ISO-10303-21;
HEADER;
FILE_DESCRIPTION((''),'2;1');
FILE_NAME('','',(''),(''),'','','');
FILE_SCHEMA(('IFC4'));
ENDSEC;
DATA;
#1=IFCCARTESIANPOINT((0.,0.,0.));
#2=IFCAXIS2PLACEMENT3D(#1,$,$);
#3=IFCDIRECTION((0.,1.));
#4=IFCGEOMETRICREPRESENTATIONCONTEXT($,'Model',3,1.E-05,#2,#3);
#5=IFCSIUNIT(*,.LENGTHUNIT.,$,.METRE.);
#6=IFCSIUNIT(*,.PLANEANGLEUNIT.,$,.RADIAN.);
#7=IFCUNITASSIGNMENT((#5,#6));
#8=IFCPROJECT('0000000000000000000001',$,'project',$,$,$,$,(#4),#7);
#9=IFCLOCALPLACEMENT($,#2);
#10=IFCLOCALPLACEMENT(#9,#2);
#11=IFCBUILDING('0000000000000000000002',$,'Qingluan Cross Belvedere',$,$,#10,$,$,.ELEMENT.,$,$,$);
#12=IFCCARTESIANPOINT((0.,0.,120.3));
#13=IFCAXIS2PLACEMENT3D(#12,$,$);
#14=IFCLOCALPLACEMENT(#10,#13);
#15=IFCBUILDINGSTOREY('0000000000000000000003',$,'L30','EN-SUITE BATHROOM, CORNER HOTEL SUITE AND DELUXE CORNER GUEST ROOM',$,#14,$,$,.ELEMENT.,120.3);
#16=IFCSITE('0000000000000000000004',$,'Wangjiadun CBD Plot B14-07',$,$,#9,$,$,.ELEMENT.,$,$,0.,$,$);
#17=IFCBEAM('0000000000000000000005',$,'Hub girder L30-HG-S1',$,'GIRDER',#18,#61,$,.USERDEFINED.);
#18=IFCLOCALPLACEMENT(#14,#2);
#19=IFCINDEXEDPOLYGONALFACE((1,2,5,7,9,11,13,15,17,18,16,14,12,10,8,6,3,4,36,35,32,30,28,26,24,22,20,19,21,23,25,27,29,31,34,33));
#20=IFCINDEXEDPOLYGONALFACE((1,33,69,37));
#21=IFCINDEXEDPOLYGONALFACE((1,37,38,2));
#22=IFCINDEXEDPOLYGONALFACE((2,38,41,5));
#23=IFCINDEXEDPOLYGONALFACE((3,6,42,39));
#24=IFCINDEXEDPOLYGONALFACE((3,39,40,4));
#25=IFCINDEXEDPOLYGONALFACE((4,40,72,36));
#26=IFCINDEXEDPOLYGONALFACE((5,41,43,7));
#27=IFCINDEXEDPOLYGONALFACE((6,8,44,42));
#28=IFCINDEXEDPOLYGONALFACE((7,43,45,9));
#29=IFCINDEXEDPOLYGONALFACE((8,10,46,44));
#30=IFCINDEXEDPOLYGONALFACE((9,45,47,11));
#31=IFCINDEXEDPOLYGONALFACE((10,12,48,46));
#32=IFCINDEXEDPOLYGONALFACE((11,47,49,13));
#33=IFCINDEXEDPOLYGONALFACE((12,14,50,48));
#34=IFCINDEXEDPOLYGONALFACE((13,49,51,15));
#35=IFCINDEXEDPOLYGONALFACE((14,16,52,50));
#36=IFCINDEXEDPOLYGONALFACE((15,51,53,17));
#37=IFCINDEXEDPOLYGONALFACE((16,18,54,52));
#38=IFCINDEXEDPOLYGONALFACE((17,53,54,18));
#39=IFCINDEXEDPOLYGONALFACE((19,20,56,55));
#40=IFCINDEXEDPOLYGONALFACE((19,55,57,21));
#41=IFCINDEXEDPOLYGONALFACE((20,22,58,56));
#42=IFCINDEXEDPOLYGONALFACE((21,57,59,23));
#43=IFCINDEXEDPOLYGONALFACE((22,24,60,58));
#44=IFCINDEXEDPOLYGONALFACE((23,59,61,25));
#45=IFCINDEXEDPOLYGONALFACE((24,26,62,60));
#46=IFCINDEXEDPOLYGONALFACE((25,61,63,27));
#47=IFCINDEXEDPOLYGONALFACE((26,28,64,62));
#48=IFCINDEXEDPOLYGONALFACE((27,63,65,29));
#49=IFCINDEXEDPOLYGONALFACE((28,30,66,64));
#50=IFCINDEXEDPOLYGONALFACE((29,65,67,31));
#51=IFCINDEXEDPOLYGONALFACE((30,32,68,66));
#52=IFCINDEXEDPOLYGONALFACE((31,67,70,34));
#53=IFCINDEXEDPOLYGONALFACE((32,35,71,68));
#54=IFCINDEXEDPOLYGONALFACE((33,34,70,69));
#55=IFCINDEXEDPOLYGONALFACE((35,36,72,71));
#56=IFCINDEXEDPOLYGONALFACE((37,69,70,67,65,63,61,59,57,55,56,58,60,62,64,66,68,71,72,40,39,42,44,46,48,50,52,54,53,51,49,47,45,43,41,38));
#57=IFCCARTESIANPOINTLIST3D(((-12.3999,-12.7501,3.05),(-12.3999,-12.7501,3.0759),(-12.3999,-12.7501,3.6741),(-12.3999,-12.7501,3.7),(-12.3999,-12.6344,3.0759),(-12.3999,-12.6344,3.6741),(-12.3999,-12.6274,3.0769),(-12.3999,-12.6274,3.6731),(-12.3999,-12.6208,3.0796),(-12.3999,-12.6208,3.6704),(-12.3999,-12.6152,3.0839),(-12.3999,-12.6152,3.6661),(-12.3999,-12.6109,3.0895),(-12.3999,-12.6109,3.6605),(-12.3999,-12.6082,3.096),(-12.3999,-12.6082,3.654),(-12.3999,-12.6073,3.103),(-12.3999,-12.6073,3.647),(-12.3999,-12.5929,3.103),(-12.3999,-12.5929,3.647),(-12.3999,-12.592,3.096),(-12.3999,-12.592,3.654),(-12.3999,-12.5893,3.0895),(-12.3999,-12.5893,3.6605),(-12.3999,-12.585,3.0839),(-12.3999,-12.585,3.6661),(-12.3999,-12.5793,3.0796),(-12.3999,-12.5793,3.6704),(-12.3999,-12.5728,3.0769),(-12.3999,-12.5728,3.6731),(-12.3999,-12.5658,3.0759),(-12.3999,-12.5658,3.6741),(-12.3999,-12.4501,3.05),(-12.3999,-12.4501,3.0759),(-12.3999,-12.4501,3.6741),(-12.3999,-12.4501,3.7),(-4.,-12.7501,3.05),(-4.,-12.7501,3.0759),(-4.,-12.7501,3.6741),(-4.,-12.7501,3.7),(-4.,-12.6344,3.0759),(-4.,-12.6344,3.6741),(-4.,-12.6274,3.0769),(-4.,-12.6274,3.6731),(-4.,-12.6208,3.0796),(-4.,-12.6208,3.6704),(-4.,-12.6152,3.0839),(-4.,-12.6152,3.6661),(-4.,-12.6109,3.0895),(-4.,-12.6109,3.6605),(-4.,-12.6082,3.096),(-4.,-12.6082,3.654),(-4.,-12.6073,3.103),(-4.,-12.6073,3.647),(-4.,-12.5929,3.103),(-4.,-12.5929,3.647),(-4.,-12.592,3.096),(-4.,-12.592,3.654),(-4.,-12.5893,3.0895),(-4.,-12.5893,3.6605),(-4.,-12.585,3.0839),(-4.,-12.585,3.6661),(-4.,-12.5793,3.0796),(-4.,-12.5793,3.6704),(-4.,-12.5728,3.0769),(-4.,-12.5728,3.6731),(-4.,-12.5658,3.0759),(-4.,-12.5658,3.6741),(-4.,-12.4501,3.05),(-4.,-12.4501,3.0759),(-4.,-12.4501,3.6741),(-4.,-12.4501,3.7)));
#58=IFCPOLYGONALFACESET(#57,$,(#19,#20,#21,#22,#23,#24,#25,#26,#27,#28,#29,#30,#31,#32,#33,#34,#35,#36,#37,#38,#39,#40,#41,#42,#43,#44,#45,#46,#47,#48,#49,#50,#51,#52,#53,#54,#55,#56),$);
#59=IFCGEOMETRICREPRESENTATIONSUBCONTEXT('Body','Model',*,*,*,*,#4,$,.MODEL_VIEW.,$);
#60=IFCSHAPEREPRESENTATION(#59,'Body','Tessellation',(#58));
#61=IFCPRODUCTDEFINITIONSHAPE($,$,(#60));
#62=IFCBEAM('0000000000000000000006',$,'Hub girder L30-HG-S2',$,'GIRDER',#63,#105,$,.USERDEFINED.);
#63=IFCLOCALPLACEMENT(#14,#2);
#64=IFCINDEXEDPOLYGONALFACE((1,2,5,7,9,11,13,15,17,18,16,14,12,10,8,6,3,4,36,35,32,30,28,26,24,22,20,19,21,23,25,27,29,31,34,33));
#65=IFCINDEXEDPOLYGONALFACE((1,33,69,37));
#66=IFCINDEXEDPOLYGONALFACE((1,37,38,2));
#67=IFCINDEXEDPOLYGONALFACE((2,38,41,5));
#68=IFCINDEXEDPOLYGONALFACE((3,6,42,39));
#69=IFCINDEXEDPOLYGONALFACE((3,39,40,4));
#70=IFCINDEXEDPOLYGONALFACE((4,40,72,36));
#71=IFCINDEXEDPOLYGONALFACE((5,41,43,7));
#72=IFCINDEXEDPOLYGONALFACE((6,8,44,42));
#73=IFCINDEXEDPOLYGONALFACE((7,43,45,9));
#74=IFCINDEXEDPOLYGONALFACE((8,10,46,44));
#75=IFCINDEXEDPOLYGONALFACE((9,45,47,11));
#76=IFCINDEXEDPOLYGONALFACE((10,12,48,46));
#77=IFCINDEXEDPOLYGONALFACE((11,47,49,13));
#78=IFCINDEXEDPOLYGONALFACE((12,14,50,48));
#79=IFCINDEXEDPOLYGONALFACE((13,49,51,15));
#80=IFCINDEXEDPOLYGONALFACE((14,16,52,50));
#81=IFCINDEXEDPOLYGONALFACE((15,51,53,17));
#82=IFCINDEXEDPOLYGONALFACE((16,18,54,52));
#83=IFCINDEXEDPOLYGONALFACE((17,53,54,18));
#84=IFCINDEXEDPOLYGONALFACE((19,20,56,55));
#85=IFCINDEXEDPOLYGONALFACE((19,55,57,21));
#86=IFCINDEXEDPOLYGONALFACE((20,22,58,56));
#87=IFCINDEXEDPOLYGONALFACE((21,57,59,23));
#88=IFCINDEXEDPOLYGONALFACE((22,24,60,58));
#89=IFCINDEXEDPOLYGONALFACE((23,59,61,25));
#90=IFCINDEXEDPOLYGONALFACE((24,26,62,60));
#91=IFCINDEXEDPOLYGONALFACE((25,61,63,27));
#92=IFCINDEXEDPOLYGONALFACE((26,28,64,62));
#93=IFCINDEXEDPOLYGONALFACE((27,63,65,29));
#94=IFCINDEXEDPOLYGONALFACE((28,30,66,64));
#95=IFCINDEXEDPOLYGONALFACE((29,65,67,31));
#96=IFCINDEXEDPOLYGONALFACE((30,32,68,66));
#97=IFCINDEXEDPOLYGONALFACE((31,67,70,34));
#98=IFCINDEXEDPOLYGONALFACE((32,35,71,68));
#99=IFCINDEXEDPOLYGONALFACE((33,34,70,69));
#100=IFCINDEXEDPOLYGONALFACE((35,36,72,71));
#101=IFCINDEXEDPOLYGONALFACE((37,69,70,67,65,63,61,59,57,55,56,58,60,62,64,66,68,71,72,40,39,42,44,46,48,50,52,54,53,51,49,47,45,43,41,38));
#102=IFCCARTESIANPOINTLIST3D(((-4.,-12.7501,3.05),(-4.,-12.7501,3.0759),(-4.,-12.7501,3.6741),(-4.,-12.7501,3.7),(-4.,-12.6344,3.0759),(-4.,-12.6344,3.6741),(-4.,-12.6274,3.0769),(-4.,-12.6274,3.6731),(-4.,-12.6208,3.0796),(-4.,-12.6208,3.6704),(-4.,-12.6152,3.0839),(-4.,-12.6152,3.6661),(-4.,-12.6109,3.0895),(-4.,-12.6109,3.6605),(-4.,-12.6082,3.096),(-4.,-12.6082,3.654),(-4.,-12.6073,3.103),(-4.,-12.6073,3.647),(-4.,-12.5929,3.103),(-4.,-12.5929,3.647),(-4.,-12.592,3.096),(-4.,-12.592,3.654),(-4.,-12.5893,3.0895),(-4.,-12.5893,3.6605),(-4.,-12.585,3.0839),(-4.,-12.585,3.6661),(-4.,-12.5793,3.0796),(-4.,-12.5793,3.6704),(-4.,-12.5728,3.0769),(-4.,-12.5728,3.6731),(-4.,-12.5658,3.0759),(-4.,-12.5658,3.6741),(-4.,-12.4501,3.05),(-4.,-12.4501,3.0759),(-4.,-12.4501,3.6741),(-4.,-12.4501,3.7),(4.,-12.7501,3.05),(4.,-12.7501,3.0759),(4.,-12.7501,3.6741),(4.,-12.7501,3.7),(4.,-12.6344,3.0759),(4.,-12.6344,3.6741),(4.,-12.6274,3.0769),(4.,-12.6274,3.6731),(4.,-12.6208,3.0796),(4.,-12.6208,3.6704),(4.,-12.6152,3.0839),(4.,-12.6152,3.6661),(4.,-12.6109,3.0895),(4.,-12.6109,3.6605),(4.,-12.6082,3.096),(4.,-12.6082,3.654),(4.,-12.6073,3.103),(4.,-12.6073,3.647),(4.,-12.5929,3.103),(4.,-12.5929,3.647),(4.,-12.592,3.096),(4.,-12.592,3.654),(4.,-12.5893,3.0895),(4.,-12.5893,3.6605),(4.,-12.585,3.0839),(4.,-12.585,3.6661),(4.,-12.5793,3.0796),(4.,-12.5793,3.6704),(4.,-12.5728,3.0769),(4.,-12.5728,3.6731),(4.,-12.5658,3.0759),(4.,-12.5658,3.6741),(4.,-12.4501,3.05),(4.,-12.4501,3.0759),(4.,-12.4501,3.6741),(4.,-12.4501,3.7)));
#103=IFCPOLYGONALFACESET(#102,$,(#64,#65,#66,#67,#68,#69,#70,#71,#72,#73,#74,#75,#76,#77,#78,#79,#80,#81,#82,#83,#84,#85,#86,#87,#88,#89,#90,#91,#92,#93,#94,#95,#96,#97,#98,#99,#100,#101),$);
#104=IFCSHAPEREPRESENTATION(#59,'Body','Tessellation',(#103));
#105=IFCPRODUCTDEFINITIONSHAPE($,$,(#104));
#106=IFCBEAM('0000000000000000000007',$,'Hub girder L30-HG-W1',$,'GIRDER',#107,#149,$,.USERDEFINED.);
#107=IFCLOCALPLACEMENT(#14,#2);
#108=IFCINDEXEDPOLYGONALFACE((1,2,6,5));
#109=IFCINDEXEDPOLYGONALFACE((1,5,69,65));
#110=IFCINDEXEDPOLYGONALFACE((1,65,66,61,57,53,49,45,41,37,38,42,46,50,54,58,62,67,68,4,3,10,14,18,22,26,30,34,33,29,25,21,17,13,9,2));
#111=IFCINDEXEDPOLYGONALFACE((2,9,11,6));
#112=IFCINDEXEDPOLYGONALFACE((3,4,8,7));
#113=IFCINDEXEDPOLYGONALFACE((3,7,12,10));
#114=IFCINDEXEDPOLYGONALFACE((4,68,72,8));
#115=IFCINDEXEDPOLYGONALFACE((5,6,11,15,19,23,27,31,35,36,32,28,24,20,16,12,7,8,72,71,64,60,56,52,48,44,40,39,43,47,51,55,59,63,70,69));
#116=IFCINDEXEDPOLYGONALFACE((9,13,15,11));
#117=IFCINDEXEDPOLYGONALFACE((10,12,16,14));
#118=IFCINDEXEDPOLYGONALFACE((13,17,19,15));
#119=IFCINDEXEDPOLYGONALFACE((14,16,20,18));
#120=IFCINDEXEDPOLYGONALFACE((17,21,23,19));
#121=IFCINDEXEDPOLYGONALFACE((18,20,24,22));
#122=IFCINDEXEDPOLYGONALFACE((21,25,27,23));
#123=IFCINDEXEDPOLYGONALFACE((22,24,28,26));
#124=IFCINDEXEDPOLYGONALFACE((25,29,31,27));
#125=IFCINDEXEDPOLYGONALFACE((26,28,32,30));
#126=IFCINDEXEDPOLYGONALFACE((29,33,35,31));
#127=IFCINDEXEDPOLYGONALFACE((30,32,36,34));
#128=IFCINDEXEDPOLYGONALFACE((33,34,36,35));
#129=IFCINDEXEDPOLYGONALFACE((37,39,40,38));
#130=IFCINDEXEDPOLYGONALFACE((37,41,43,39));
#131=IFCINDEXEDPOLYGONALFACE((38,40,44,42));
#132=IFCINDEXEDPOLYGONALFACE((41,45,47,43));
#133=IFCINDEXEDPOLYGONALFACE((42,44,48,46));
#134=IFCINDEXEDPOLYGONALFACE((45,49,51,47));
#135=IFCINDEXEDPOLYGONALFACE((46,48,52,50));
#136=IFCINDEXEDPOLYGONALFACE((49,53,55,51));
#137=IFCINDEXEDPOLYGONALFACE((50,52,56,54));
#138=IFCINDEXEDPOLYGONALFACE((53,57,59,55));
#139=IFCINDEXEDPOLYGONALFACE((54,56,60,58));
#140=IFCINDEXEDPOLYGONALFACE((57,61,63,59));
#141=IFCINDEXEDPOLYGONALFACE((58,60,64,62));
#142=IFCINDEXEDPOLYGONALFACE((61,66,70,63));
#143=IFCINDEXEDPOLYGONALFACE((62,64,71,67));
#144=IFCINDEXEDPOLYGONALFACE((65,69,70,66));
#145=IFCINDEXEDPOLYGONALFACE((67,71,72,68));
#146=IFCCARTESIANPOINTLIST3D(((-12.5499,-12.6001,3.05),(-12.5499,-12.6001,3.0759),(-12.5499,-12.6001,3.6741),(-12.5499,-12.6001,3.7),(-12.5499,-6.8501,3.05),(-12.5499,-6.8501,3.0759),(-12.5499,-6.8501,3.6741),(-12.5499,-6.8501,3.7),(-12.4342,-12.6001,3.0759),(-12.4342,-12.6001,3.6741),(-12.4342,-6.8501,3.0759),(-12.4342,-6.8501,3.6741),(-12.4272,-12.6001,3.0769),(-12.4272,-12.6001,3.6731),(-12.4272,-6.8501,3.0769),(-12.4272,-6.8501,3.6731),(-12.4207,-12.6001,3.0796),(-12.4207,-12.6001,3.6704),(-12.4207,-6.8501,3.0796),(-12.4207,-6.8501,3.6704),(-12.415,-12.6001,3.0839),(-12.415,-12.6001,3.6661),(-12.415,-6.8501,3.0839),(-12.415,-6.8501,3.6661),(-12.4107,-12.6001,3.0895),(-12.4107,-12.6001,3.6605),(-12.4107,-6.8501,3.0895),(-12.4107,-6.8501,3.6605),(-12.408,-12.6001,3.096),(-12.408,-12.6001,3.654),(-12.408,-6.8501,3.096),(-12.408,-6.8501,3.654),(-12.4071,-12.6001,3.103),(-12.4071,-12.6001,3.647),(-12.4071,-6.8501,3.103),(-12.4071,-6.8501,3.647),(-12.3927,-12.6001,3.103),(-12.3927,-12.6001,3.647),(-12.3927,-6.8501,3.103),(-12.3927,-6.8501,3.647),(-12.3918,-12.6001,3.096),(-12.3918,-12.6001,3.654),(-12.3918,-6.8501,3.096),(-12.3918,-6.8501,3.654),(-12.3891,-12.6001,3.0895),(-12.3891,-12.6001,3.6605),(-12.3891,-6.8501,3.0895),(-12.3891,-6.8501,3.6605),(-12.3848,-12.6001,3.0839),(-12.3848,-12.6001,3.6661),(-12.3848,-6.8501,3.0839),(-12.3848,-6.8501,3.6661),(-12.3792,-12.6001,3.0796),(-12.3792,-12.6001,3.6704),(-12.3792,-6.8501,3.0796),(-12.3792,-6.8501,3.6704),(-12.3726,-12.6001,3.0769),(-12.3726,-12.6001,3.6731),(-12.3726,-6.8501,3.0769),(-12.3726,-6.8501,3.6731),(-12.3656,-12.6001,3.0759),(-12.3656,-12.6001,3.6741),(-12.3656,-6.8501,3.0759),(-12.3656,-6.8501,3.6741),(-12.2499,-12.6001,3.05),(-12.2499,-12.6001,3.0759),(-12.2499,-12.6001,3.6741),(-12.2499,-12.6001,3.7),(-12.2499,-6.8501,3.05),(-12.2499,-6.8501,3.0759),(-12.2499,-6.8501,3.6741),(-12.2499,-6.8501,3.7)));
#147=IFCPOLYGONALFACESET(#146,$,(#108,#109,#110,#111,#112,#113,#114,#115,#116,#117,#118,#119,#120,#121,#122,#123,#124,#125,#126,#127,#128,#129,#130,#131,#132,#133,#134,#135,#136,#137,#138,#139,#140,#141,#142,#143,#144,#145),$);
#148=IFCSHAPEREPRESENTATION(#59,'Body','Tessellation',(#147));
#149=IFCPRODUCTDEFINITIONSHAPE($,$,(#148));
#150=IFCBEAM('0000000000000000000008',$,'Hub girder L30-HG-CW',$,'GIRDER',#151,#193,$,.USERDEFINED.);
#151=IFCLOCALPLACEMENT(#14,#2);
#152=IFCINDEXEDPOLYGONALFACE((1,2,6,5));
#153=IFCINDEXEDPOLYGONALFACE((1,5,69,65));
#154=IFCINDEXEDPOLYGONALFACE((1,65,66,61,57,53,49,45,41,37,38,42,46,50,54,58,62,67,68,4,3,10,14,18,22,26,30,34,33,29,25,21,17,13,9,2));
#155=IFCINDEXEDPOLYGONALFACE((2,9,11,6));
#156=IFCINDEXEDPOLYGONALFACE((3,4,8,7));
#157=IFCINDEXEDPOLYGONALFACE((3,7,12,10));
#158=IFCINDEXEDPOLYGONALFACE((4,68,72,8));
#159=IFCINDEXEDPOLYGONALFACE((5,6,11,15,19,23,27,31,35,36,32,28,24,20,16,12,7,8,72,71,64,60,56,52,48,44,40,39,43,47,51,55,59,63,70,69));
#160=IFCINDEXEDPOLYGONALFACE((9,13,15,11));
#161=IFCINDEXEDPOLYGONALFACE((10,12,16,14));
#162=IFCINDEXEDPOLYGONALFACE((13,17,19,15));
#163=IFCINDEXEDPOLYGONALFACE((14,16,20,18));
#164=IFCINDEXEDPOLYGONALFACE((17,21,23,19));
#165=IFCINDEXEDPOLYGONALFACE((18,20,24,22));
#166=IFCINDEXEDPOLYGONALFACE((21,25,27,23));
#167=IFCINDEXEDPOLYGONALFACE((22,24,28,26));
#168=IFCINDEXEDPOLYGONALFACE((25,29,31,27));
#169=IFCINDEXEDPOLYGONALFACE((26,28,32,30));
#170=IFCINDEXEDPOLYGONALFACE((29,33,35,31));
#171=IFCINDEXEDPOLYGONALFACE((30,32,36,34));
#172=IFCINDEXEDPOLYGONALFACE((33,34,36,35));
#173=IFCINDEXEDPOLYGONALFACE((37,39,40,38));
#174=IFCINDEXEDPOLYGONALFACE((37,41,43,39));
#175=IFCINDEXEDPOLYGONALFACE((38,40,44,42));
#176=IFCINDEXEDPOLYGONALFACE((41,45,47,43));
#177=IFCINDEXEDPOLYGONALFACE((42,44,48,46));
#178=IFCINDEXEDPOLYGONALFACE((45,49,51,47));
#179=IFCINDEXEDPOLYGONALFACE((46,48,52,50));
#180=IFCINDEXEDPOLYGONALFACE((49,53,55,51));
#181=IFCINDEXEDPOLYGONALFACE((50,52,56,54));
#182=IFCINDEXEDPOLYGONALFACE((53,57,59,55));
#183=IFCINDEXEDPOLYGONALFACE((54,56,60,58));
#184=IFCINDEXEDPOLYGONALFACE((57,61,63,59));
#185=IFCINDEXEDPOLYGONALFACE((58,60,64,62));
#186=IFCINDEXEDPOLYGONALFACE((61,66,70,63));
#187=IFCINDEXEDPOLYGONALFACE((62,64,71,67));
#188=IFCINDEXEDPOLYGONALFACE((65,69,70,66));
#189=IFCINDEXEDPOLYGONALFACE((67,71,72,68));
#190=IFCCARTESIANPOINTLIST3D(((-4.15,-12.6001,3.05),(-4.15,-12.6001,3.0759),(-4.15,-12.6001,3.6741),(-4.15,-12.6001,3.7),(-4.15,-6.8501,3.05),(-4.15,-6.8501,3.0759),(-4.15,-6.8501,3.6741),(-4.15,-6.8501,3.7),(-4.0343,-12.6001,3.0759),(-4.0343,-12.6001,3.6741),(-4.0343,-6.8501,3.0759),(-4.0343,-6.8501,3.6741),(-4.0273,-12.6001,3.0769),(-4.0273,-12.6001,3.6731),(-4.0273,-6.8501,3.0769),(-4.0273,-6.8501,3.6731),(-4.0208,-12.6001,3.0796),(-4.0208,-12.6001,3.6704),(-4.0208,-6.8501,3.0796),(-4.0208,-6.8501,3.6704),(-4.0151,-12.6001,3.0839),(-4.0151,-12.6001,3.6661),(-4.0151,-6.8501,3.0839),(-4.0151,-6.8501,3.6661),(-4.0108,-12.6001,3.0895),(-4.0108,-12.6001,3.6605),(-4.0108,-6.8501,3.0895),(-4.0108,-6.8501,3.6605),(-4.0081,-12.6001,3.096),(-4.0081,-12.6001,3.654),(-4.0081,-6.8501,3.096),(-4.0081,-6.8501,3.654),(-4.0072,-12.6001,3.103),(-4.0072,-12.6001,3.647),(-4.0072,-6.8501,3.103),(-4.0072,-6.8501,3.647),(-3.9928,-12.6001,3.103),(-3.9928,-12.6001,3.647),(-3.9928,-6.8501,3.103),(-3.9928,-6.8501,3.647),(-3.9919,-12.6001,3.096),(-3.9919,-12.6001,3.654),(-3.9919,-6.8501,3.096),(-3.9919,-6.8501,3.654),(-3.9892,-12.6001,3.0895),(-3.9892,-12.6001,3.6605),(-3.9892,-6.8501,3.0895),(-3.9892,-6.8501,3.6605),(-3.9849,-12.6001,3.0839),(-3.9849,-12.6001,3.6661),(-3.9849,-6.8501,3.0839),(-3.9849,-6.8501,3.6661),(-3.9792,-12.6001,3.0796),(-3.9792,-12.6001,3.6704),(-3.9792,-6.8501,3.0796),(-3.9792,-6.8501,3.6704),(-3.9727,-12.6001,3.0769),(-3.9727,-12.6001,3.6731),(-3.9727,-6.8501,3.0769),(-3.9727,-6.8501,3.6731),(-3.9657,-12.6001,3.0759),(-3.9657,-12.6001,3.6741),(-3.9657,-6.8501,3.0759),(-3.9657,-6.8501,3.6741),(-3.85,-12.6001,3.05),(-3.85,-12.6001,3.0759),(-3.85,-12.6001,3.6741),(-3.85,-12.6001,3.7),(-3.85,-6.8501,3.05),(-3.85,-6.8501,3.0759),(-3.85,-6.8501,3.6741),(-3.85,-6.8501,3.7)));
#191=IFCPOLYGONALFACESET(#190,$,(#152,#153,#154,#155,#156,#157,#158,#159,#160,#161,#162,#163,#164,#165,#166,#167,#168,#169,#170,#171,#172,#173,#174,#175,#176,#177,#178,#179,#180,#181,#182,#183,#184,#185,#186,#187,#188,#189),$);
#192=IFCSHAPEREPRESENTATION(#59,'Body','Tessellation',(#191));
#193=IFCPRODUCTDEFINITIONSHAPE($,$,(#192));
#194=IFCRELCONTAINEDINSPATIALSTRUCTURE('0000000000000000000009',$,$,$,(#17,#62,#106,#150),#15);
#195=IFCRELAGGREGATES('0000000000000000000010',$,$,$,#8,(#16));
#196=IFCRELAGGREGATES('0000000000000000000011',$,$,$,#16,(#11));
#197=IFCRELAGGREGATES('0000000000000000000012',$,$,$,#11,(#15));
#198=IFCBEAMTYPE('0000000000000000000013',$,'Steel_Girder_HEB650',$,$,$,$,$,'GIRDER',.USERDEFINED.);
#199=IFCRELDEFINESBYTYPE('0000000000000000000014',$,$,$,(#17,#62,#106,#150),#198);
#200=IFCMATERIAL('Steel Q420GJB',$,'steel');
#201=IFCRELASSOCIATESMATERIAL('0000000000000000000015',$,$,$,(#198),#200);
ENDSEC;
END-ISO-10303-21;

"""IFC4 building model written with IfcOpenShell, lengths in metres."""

from ifc_helpers import new_model, si_unit, direction, frame, origin, origin_2d, place, context, subcontext, project, spatial, i_section, extrude, material, material_profile, profile_set, type_object, element, save


model = new_model("IFC4")

# Units and contexts
model_context = context("Model", 3, precision=1e-05, world=origin(), true_north=direction((0.0, 1.0)))
body_context = subcontext(model_context, "Body", "Model", "MODEL_VIEW")
ifc_project = project(units=[si_unit("LENGTHUNIT", "METRE"), si_unit("PLANEANGLEUNIT", "RADIAN")], contexts=[model_context])

# Site, building, storey
site_placement = place(None, origin())
site = spatial("IfcSite", under=ifc_project, at=site_placement, Name="Wangjiadun CBD Plot B14-07", CompositionType="ELEMENT", RefElevation=0.0)
building_placement = place(site_placement, origin())
building = spatial("IfcBuilding", under=site, at=building_placement, Name="Qingluan Cross Belvedere", CompositionType="ELEMENT")
storey_placement = place(building_placement, frame((0.0, 0.0, 120.3)))
storey = spatial("IfcBuildingStorey", under=building, at=storey_placement, Name="L30", Description="EN-SUITE BATHROOM, CORNER HOTEL SUITE AND DELUXE CORNER GUEST ROOM", CompositionType="ELEMENT", Elevation=120.3)

# Beams
ifc_material_1 = material(Name="Steel Q420GJB", Category="steel")
ifc_material_profile_1 = material_profile(ifc_material_1, i_section(OverallWidth=0.3, OverallDepth=0.6499, WebThickness=0.0144, FlangeThickness=0.0259, FilletRadius=0.0271, at=origin_2d()), Name="HEB650")
ifc_profile_set_1 = profile_set([ifc_material_profile_1], Name="Steel Q420GJB")
beam_type_1 = type_object("IfcBeamType", Name="Steel_Girder_HEB650", ElementType="GIRDER", PredefinedType="USERDEFINED", material=ifc_profile_set_1)
beam_1_placement = place(storey_placement, frame((-12.3999, -12.6001, 3.375), z_axis=(1.0, 0.0, 0.0), x_axis=(0.0, 1.0, 0.0)))
element("IfcBeam", 1, at=beam_1_placement, inside=storey, type_object=beam_type_1, Name="Hub girder L30-HG-S1", ObjectType="GIRDER", PredefinedType="USERDEFINED", context=body_context, shape_type="SweptSolid", body=[
    extrude(i_section(OverallWidth=0.3, OverallDepth=0.6499, WebThickness=0.0144, FlangeThickness=0.0259, FilletRadius=0.0271, at=origin_2d()), origin(), (0.0, 0.0, 1.0), 8.3999),
])
beam_2_placement = place(storey_placement, frame((-4.0, -12.6001, 3.375), z_axis=(1.0, 0.0, 0.0), x_axis=(0.0, 1.0, 0.0)))
element("IfcBeam", 2, at=beam_2_placement, inside=storey, type_object=beam_type_1, Name="Hub girder L30-HG-S2", ObjectType="GIRDER", PredefinedType="USERDEFINED", context=body_context, shape_type="SweptSolid", body=[
    extrude(i_section(OverallWidth=0.3, OverallDepth=0.6499, WebThickness=0.0144, FlangeThickness=0.0259, FilletRadius=0.0271, at=origin_2d()), origin(), (0.0, 0.0, 1.0), 8.0),
])
for number, where, z_axis, x_axis, name in (
    (3, (-12.3999, -12.6001, 3.375), (0.0, 1.0, 0.0), (-1.0, 0.0, 0.0), "Hub girder L30-HG-W1"),
    (4, (-4.0, -12.6001, 3.375), (0.0, 1.0, 0.0), (-1.0, 0.0, 0.0), "Hub girder L30-HG-CW"),
):
    element("IfcBeam", number, at=place(storey_placement, frame(where, z_axis=z_axis, x_axis=x_axis)), inside=storey, type_object=beam_type_1, Name=name, ObjectType="GIRDER", PredefinedType="USERDEFINED", context=body_context, shape_type="SweptSolid", body=[
        extrude(i_section(OverallWidth=0.3, OverallDepth=0.6499, WebThickness=0.0144, FlangeThickness=0.0259, FilletRadius=0.0271, at=origin_2d()), origin(), (0.0, 0.0, 1.0), 5.75),
    ])

save(model, "model.ifc")
